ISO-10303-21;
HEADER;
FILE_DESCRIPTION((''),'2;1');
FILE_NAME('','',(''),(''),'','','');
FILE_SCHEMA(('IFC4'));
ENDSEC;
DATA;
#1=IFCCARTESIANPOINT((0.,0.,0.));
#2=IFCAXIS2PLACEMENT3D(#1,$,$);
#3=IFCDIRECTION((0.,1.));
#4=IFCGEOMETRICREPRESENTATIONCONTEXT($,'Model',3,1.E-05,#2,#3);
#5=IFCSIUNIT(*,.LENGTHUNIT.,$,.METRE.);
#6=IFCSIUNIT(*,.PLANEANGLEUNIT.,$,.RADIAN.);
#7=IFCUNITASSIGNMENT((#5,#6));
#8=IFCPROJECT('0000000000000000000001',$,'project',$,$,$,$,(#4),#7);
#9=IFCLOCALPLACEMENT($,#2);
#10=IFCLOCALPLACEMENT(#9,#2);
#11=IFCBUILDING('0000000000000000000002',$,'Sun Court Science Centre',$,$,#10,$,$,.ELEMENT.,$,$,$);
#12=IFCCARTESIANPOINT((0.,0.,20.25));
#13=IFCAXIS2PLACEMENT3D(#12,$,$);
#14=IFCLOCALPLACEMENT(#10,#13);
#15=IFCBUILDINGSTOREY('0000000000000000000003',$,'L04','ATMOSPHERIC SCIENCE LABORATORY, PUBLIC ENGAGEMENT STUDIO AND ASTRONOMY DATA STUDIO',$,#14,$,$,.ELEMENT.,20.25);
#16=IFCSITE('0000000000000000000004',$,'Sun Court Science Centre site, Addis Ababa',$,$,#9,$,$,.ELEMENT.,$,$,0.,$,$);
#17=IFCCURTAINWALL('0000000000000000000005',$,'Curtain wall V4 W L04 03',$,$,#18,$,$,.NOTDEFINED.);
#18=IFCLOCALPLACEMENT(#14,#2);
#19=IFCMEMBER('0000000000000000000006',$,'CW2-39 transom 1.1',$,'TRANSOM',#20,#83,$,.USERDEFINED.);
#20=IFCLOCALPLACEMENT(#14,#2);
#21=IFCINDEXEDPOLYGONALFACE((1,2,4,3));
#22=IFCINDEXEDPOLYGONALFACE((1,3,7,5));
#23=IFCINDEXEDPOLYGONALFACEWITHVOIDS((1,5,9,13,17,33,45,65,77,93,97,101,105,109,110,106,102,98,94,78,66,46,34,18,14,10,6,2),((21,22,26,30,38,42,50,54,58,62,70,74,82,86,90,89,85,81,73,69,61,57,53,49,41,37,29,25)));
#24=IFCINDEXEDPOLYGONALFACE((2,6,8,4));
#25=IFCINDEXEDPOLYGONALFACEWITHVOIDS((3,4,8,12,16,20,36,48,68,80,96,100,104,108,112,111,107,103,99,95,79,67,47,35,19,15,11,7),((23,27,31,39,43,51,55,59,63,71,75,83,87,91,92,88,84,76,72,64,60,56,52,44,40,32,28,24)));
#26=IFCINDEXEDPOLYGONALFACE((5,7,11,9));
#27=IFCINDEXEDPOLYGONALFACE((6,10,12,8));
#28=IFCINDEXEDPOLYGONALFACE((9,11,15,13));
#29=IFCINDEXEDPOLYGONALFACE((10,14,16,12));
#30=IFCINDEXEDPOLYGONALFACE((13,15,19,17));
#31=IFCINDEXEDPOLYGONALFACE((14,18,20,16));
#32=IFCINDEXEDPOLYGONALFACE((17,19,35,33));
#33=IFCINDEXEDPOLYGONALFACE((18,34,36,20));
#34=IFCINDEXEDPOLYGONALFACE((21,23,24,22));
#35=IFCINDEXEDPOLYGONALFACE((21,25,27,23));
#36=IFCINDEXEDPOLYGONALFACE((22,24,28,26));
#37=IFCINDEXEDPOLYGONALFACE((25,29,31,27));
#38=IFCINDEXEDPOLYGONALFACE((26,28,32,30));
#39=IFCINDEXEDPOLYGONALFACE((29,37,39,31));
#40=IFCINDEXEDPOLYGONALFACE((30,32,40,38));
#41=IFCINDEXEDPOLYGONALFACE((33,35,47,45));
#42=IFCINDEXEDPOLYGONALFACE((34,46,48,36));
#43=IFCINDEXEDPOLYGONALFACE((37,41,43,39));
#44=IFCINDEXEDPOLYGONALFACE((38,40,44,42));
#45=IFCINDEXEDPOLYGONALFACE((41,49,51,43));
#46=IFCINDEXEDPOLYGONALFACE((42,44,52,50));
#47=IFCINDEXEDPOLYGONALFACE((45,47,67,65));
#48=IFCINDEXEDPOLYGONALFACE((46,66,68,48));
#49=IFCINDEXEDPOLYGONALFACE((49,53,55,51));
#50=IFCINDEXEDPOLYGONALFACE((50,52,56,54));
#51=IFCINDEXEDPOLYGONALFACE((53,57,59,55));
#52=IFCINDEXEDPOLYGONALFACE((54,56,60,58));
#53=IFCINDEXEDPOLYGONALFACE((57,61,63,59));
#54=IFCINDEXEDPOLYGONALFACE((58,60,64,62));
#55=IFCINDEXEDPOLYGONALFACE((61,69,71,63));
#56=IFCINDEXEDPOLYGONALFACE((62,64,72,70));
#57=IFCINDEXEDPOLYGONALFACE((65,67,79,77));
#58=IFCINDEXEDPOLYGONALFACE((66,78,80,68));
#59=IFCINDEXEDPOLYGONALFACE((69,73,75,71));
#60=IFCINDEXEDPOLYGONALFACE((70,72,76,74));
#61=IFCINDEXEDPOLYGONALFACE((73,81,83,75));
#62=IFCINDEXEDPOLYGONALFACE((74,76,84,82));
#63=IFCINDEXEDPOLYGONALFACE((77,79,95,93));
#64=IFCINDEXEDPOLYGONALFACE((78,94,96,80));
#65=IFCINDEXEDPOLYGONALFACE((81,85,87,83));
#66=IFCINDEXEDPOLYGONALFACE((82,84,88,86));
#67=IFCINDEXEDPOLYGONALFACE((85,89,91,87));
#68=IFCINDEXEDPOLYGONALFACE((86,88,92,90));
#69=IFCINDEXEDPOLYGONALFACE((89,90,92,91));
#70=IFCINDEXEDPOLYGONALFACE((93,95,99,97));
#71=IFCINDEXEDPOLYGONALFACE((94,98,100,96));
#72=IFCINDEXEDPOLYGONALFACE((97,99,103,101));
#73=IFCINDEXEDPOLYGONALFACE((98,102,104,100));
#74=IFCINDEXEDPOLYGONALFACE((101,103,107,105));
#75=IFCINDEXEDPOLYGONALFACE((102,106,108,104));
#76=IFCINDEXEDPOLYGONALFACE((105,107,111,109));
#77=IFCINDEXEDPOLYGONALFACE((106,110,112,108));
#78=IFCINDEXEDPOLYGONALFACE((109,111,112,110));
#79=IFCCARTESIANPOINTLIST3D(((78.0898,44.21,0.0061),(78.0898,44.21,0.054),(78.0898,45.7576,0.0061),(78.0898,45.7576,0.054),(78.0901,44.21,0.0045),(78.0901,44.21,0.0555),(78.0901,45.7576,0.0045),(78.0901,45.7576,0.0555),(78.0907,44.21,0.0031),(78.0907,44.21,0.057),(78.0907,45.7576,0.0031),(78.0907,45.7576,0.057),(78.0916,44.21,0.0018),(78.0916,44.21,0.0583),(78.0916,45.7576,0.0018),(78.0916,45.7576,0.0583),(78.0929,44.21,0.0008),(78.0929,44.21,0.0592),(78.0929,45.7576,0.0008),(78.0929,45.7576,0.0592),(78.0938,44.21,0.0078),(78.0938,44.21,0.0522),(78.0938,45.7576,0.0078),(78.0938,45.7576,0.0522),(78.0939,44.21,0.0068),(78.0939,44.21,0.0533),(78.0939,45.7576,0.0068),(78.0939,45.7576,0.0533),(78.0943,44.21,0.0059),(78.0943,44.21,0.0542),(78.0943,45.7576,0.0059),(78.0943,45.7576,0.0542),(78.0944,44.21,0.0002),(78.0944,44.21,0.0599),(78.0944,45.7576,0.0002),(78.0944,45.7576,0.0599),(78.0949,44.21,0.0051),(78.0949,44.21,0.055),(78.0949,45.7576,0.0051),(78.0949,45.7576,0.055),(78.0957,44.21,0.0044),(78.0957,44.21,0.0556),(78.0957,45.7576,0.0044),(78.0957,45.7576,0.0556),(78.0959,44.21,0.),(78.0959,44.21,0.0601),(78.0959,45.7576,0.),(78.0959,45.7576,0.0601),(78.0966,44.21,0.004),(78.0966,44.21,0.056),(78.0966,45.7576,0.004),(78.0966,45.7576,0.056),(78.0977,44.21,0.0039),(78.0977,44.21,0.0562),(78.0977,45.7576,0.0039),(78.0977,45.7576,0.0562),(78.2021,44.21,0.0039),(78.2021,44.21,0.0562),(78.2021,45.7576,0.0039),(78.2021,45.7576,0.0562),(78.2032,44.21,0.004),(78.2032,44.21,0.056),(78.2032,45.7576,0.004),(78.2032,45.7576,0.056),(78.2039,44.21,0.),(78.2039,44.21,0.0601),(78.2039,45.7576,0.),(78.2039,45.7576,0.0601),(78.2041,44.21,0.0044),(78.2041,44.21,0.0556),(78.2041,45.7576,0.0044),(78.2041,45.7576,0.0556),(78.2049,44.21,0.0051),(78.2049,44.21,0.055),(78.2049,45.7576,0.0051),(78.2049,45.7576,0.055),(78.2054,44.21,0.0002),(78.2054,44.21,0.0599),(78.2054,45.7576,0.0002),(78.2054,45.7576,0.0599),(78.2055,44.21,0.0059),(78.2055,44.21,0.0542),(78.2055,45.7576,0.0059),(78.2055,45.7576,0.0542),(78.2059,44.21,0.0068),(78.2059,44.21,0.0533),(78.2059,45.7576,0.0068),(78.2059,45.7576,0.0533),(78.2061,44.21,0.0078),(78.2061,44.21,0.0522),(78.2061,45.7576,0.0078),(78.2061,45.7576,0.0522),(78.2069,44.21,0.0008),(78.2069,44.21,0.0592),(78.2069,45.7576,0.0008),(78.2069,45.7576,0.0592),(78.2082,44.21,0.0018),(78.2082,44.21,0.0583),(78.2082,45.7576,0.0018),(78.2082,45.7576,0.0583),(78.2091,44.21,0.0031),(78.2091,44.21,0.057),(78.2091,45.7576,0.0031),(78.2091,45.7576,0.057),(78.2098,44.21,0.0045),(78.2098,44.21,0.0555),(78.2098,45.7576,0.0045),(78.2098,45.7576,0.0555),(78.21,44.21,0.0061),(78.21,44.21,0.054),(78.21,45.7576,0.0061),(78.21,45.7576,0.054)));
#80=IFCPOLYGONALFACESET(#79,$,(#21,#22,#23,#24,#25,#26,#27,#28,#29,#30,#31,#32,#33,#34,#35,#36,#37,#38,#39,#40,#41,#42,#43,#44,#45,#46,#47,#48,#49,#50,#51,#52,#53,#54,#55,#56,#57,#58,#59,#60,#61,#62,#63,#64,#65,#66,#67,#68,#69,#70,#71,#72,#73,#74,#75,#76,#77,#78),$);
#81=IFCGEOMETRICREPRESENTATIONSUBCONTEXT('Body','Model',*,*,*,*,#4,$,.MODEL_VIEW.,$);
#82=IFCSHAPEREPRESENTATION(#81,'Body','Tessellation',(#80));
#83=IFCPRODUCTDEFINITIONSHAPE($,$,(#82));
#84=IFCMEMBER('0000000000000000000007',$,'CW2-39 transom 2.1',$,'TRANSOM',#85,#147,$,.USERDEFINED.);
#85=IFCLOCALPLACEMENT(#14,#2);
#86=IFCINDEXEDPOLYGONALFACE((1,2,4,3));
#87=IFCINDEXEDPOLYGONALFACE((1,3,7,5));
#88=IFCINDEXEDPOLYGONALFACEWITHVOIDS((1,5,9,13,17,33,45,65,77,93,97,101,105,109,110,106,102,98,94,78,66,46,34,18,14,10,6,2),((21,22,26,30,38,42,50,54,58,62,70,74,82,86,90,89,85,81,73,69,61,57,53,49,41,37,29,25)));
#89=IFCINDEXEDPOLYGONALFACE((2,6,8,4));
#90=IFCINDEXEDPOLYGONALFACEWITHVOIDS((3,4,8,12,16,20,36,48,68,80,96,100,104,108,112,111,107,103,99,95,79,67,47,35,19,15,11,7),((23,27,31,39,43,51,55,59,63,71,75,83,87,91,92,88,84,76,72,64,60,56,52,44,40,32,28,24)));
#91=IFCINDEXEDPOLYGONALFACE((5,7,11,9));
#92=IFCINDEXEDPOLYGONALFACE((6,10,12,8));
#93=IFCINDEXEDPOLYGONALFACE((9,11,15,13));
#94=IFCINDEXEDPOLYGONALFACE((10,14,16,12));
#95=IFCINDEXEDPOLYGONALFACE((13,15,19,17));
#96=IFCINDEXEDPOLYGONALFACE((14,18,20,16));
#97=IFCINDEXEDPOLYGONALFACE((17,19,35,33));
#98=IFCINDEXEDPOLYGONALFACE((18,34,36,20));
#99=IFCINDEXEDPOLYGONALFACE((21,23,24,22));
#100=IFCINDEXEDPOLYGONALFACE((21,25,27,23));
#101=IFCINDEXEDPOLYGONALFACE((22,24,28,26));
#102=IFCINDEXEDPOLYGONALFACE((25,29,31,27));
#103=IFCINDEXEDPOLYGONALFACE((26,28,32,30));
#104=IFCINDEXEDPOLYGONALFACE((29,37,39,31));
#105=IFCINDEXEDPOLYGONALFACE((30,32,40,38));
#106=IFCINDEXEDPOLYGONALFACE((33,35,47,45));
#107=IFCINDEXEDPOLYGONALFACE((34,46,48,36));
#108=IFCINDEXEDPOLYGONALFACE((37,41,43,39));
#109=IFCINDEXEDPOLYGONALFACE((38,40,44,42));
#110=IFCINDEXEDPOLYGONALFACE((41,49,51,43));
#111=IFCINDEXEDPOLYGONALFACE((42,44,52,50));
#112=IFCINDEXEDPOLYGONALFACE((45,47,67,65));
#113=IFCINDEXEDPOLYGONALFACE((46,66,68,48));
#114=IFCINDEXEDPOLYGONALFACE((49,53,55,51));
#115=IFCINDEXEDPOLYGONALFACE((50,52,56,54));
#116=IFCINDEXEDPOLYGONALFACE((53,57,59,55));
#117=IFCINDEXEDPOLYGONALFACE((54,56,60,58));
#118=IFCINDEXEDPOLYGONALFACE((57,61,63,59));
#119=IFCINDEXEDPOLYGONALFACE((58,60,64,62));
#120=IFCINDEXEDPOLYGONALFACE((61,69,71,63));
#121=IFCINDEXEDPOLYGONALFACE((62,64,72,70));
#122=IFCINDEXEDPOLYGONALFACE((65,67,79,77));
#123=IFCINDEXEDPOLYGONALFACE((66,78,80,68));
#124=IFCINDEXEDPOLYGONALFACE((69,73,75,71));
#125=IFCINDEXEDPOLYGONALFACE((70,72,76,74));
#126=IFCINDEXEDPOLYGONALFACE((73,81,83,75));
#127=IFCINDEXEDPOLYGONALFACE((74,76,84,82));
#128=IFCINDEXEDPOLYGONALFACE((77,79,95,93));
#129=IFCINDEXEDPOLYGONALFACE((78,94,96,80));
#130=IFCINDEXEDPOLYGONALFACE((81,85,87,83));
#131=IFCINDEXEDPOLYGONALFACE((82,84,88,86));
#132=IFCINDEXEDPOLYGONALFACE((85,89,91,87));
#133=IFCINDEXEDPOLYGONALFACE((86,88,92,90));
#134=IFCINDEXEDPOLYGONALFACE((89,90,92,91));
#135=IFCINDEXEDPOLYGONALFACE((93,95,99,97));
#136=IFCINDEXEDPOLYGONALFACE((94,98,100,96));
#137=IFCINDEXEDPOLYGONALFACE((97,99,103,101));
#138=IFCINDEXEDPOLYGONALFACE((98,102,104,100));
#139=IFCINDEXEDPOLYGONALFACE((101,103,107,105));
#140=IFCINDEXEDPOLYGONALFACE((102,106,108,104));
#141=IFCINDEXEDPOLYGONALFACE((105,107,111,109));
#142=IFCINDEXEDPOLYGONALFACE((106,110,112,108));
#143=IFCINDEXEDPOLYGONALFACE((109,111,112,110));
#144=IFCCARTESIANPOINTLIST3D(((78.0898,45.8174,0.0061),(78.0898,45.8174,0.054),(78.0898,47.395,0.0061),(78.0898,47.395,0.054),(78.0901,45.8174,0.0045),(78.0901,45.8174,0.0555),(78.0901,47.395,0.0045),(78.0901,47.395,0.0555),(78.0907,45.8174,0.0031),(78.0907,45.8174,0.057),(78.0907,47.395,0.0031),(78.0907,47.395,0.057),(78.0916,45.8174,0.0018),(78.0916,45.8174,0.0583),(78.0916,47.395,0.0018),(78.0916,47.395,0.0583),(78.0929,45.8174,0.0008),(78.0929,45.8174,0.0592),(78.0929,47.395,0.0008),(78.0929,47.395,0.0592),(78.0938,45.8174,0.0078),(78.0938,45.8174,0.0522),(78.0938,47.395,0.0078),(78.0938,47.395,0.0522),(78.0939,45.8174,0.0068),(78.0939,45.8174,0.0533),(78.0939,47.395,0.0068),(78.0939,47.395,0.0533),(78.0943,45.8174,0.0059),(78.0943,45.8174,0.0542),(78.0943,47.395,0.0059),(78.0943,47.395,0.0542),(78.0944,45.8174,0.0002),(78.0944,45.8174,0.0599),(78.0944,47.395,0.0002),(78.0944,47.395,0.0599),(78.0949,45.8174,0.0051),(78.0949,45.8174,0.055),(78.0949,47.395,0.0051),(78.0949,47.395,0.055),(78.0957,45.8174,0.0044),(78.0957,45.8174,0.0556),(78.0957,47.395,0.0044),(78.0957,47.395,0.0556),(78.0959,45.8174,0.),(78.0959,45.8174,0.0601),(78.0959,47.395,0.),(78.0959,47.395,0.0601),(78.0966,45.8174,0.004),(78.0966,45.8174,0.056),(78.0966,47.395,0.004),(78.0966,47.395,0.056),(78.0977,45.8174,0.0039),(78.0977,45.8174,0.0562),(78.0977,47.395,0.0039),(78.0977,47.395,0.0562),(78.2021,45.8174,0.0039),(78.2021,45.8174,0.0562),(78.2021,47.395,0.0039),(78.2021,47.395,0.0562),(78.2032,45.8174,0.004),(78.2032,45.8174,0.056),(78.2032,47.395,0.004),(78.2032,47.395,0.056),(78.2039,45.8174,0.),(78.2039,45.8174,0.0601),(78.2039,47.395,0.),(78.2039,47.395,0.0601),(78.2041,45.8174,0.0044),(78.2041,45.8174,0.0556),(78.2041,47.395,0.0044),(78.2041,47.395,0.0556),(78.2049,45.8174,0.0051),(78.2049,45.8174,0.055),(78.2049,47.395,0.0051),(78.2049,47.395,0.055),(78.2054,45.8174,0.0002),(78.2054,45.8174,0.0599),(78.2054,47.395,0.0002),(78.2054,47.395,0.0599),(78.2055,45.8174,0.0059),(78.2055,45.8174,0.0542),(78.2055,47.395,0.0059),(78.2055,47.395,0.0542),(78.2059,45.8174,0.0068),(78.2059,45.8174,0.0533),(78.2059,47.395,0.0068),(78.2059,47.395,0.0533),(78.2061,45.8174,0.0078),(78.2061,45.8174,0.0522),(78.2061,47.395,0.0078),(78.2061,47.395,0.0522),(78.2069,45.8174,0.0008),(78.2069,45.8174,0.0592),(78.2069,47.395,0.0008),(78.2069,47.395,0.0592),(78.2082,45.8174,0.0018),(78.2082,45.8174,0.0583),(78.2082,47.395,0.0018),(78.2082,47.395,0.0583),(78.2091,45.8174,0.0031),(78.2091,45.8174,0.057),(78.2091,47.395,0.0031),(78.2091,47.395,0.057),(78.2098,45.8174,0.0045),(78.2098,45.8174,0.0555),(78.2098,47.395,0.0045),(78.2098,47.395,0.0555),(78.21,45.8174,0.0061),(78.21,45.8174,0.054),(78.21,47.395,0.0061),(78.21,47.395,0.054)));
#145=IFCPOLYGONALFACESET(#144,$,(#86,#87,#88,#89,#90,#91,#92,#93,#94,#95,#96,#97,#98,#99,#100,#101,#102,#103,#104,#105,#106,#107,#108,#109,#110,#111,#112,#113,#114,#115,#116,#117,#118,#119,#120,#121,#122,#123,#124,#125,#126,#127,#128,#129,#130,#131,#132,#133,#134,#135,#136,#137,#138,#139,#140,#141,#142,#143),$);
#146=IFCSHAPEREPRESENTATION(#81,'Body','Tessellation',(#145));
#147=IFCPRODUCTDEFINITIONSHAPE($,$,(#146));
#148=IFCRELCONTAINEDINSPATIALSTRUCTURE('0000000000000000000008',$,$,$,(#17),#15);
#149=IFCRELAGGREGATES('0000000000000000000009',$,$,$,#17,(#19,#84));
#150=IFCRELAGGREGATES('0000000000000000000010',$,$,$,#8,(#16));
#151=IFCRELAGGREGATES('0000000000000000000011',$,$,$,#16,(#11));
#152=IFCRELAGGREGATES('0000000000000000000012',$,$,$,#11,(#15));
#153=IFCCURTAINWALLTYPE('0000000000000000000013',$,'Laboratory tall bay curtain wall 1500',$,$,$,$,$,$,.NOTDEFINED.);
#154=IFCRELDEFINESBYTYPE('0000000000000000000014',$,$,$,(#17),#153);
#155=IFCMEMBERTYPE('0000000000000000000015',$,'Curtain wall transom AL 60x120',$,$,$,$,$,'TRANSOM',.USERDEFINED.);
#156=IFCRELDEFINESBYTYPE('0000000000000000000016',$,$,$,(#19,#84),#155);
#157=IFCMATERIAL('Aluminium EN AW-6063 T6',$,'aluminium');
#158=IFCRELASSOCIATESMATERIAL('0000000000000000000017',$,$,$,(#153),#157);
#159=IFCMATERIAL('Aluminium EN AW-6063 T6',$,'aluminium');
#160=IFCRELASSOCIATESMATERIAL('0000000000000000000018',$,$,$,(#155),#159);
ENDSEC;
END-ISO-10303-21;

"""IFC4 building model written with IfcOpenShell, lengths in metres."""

from ifc_helpers import new_model, si_unit, direction, frame, origin, origin_2d, place, context, subcontext, project, spatial, hollow_rectangle, extrude, material, material_profile, profile_set, type_object, element, aggregate, save


model = new_model("IFC4")

# Units and contexts
model_context = context("Model", 3, precision=1e-05, world=origin(), true_north=direction((0.0, 1.0)))
body_context = subcontext(model_context, "Body", "Model", "MODEL_VIEW")
ifc_project = project(units=[si_unit("LENGTHUNIT", "METRE"), si_unit("PLANEANGLEUNIT", "RADIAN")], contexts=[model_context])

# Site, building, storey
site_placement = place(None, origin())
site = spatial("IfcSite", under=ifc_project, at=site_placement, Name="Sun Court Science Centre site, Addis Ababa", CompositionType="ELEMENT", RefElevation=0.0)
building_placement = place(site_placement, origin())
building = spatial("IfcBuilding", under=site, at=building_placement, Name="Sun Court Science Centre", CompositionType="ELEMENT")
storey_placement = place(building_placement, frame((0.0, 0.0, 20.25)))
storey = spatial("IfcBuildingStorey", under=building, at=storey_placement, Name="L04", Description="ATMOSPHERIC SCIENCE LABORATORY, PUBLIC ENGAGEMENT STUDIO AND ASTRONOMY DATA STUDIO", CompositionType="ELEMENT", Elevation=20.25)

# Shared definitions
ifc_material_1 = material(Name="Aluminium EN AW-6063 T6", Category="aluminium")
curtain_wall_type = type_object("IfcCurtainWallType", Name="Laboratory tall bay curtain wall 1500", PredefinedType="NOTDEFINED", material=ifc_material_1)

# Curtain wall
curtain_wall_1_placement = place(storey_placement, origin())
curtain_wall_1 = element("IfcCurtainWall", 1, at=curtain_wall_1_placement, inside=storey, type_object=curtain_wall_type, Name="Curtain wall V4 W L04 03", PredefinedType="NOTDEFINED")

# Members
ifc_material_2 = material(Name="Aluminium EN AW-6063 T6", Category="aluminium")
ifc_material_profile_1 = material_profile(ifc_material_2, hollow_rectangle(XDim=0.0601, YDim=0.1201, WallThickness=0.0039, InnerFilletRadius=0.0039, OuterFilletRadius=0.0061, at=origin_2d()), Name="AL 60x120x4")
ifc_profile_set_1 = profile_set([ifc_material_profile_1], Name="Aluminium EN AW-6063 T6")
member_type_1 = type_object("IfcMemberType", Name="Curtain wall transom AL 60x120", ElementType="TRANSOM", PredefinedType="USERDEFINED", material=ifc_profile_set_1)
member_1_placement = place(storey_placement, frame((78.1499, 44.21, 0.03), z_axis=(0.0, 1.0, 0.0), x_axis=(0.0, 0.0, 1.0)))
member_1 = element("IfcMember", 2, at=member_1_placement, type_object=member_type_1, Name="CW2-39 transom 1.1", ObjectType="TRANSOM", PredefinedType="USERDEFINED", context=body_context, shape_type="SweptSolid", body=[
    extrude(hollow_rectangle(XDim=0.0601, YDim=0.1201, WallThickness=0.0039, InnerFilletRadius=0.0039, OuterFilletRadius=0.0061, at=origin_2d()), origin(), (0.0, 0.0, 1.0), 1.5476),
])
member_2_placement = place(storey_placement, frame((78.1499, 45.8174, 0.03), z_axis=(0.0, 1.0, 0.0), x_axis=(0.0, 0.0, 1.0)))
member_2 = element("IfcMember", 3, at=member_2_placement, type_object=member_type_1, Name="CW2-39 transom 2.1", ObjectType="TRANSOM", PredefinedType="USERDEFINED", context=body_context, shape_type="SweptSolid", body=[
    extrude(hollow_rectangle(XDim=0.0601, YDim=0.1201, WallThickness=0.0039, InnerFilletRadius=0.0039, OuterFilletRadius=0.0061, at=origin_2d()), origin(), (0.0, 0.0, 1.0), 1.5776),
])

aggregate(curtain_wall_1, [member_1, member_2])

save(model, "model.ifc")
